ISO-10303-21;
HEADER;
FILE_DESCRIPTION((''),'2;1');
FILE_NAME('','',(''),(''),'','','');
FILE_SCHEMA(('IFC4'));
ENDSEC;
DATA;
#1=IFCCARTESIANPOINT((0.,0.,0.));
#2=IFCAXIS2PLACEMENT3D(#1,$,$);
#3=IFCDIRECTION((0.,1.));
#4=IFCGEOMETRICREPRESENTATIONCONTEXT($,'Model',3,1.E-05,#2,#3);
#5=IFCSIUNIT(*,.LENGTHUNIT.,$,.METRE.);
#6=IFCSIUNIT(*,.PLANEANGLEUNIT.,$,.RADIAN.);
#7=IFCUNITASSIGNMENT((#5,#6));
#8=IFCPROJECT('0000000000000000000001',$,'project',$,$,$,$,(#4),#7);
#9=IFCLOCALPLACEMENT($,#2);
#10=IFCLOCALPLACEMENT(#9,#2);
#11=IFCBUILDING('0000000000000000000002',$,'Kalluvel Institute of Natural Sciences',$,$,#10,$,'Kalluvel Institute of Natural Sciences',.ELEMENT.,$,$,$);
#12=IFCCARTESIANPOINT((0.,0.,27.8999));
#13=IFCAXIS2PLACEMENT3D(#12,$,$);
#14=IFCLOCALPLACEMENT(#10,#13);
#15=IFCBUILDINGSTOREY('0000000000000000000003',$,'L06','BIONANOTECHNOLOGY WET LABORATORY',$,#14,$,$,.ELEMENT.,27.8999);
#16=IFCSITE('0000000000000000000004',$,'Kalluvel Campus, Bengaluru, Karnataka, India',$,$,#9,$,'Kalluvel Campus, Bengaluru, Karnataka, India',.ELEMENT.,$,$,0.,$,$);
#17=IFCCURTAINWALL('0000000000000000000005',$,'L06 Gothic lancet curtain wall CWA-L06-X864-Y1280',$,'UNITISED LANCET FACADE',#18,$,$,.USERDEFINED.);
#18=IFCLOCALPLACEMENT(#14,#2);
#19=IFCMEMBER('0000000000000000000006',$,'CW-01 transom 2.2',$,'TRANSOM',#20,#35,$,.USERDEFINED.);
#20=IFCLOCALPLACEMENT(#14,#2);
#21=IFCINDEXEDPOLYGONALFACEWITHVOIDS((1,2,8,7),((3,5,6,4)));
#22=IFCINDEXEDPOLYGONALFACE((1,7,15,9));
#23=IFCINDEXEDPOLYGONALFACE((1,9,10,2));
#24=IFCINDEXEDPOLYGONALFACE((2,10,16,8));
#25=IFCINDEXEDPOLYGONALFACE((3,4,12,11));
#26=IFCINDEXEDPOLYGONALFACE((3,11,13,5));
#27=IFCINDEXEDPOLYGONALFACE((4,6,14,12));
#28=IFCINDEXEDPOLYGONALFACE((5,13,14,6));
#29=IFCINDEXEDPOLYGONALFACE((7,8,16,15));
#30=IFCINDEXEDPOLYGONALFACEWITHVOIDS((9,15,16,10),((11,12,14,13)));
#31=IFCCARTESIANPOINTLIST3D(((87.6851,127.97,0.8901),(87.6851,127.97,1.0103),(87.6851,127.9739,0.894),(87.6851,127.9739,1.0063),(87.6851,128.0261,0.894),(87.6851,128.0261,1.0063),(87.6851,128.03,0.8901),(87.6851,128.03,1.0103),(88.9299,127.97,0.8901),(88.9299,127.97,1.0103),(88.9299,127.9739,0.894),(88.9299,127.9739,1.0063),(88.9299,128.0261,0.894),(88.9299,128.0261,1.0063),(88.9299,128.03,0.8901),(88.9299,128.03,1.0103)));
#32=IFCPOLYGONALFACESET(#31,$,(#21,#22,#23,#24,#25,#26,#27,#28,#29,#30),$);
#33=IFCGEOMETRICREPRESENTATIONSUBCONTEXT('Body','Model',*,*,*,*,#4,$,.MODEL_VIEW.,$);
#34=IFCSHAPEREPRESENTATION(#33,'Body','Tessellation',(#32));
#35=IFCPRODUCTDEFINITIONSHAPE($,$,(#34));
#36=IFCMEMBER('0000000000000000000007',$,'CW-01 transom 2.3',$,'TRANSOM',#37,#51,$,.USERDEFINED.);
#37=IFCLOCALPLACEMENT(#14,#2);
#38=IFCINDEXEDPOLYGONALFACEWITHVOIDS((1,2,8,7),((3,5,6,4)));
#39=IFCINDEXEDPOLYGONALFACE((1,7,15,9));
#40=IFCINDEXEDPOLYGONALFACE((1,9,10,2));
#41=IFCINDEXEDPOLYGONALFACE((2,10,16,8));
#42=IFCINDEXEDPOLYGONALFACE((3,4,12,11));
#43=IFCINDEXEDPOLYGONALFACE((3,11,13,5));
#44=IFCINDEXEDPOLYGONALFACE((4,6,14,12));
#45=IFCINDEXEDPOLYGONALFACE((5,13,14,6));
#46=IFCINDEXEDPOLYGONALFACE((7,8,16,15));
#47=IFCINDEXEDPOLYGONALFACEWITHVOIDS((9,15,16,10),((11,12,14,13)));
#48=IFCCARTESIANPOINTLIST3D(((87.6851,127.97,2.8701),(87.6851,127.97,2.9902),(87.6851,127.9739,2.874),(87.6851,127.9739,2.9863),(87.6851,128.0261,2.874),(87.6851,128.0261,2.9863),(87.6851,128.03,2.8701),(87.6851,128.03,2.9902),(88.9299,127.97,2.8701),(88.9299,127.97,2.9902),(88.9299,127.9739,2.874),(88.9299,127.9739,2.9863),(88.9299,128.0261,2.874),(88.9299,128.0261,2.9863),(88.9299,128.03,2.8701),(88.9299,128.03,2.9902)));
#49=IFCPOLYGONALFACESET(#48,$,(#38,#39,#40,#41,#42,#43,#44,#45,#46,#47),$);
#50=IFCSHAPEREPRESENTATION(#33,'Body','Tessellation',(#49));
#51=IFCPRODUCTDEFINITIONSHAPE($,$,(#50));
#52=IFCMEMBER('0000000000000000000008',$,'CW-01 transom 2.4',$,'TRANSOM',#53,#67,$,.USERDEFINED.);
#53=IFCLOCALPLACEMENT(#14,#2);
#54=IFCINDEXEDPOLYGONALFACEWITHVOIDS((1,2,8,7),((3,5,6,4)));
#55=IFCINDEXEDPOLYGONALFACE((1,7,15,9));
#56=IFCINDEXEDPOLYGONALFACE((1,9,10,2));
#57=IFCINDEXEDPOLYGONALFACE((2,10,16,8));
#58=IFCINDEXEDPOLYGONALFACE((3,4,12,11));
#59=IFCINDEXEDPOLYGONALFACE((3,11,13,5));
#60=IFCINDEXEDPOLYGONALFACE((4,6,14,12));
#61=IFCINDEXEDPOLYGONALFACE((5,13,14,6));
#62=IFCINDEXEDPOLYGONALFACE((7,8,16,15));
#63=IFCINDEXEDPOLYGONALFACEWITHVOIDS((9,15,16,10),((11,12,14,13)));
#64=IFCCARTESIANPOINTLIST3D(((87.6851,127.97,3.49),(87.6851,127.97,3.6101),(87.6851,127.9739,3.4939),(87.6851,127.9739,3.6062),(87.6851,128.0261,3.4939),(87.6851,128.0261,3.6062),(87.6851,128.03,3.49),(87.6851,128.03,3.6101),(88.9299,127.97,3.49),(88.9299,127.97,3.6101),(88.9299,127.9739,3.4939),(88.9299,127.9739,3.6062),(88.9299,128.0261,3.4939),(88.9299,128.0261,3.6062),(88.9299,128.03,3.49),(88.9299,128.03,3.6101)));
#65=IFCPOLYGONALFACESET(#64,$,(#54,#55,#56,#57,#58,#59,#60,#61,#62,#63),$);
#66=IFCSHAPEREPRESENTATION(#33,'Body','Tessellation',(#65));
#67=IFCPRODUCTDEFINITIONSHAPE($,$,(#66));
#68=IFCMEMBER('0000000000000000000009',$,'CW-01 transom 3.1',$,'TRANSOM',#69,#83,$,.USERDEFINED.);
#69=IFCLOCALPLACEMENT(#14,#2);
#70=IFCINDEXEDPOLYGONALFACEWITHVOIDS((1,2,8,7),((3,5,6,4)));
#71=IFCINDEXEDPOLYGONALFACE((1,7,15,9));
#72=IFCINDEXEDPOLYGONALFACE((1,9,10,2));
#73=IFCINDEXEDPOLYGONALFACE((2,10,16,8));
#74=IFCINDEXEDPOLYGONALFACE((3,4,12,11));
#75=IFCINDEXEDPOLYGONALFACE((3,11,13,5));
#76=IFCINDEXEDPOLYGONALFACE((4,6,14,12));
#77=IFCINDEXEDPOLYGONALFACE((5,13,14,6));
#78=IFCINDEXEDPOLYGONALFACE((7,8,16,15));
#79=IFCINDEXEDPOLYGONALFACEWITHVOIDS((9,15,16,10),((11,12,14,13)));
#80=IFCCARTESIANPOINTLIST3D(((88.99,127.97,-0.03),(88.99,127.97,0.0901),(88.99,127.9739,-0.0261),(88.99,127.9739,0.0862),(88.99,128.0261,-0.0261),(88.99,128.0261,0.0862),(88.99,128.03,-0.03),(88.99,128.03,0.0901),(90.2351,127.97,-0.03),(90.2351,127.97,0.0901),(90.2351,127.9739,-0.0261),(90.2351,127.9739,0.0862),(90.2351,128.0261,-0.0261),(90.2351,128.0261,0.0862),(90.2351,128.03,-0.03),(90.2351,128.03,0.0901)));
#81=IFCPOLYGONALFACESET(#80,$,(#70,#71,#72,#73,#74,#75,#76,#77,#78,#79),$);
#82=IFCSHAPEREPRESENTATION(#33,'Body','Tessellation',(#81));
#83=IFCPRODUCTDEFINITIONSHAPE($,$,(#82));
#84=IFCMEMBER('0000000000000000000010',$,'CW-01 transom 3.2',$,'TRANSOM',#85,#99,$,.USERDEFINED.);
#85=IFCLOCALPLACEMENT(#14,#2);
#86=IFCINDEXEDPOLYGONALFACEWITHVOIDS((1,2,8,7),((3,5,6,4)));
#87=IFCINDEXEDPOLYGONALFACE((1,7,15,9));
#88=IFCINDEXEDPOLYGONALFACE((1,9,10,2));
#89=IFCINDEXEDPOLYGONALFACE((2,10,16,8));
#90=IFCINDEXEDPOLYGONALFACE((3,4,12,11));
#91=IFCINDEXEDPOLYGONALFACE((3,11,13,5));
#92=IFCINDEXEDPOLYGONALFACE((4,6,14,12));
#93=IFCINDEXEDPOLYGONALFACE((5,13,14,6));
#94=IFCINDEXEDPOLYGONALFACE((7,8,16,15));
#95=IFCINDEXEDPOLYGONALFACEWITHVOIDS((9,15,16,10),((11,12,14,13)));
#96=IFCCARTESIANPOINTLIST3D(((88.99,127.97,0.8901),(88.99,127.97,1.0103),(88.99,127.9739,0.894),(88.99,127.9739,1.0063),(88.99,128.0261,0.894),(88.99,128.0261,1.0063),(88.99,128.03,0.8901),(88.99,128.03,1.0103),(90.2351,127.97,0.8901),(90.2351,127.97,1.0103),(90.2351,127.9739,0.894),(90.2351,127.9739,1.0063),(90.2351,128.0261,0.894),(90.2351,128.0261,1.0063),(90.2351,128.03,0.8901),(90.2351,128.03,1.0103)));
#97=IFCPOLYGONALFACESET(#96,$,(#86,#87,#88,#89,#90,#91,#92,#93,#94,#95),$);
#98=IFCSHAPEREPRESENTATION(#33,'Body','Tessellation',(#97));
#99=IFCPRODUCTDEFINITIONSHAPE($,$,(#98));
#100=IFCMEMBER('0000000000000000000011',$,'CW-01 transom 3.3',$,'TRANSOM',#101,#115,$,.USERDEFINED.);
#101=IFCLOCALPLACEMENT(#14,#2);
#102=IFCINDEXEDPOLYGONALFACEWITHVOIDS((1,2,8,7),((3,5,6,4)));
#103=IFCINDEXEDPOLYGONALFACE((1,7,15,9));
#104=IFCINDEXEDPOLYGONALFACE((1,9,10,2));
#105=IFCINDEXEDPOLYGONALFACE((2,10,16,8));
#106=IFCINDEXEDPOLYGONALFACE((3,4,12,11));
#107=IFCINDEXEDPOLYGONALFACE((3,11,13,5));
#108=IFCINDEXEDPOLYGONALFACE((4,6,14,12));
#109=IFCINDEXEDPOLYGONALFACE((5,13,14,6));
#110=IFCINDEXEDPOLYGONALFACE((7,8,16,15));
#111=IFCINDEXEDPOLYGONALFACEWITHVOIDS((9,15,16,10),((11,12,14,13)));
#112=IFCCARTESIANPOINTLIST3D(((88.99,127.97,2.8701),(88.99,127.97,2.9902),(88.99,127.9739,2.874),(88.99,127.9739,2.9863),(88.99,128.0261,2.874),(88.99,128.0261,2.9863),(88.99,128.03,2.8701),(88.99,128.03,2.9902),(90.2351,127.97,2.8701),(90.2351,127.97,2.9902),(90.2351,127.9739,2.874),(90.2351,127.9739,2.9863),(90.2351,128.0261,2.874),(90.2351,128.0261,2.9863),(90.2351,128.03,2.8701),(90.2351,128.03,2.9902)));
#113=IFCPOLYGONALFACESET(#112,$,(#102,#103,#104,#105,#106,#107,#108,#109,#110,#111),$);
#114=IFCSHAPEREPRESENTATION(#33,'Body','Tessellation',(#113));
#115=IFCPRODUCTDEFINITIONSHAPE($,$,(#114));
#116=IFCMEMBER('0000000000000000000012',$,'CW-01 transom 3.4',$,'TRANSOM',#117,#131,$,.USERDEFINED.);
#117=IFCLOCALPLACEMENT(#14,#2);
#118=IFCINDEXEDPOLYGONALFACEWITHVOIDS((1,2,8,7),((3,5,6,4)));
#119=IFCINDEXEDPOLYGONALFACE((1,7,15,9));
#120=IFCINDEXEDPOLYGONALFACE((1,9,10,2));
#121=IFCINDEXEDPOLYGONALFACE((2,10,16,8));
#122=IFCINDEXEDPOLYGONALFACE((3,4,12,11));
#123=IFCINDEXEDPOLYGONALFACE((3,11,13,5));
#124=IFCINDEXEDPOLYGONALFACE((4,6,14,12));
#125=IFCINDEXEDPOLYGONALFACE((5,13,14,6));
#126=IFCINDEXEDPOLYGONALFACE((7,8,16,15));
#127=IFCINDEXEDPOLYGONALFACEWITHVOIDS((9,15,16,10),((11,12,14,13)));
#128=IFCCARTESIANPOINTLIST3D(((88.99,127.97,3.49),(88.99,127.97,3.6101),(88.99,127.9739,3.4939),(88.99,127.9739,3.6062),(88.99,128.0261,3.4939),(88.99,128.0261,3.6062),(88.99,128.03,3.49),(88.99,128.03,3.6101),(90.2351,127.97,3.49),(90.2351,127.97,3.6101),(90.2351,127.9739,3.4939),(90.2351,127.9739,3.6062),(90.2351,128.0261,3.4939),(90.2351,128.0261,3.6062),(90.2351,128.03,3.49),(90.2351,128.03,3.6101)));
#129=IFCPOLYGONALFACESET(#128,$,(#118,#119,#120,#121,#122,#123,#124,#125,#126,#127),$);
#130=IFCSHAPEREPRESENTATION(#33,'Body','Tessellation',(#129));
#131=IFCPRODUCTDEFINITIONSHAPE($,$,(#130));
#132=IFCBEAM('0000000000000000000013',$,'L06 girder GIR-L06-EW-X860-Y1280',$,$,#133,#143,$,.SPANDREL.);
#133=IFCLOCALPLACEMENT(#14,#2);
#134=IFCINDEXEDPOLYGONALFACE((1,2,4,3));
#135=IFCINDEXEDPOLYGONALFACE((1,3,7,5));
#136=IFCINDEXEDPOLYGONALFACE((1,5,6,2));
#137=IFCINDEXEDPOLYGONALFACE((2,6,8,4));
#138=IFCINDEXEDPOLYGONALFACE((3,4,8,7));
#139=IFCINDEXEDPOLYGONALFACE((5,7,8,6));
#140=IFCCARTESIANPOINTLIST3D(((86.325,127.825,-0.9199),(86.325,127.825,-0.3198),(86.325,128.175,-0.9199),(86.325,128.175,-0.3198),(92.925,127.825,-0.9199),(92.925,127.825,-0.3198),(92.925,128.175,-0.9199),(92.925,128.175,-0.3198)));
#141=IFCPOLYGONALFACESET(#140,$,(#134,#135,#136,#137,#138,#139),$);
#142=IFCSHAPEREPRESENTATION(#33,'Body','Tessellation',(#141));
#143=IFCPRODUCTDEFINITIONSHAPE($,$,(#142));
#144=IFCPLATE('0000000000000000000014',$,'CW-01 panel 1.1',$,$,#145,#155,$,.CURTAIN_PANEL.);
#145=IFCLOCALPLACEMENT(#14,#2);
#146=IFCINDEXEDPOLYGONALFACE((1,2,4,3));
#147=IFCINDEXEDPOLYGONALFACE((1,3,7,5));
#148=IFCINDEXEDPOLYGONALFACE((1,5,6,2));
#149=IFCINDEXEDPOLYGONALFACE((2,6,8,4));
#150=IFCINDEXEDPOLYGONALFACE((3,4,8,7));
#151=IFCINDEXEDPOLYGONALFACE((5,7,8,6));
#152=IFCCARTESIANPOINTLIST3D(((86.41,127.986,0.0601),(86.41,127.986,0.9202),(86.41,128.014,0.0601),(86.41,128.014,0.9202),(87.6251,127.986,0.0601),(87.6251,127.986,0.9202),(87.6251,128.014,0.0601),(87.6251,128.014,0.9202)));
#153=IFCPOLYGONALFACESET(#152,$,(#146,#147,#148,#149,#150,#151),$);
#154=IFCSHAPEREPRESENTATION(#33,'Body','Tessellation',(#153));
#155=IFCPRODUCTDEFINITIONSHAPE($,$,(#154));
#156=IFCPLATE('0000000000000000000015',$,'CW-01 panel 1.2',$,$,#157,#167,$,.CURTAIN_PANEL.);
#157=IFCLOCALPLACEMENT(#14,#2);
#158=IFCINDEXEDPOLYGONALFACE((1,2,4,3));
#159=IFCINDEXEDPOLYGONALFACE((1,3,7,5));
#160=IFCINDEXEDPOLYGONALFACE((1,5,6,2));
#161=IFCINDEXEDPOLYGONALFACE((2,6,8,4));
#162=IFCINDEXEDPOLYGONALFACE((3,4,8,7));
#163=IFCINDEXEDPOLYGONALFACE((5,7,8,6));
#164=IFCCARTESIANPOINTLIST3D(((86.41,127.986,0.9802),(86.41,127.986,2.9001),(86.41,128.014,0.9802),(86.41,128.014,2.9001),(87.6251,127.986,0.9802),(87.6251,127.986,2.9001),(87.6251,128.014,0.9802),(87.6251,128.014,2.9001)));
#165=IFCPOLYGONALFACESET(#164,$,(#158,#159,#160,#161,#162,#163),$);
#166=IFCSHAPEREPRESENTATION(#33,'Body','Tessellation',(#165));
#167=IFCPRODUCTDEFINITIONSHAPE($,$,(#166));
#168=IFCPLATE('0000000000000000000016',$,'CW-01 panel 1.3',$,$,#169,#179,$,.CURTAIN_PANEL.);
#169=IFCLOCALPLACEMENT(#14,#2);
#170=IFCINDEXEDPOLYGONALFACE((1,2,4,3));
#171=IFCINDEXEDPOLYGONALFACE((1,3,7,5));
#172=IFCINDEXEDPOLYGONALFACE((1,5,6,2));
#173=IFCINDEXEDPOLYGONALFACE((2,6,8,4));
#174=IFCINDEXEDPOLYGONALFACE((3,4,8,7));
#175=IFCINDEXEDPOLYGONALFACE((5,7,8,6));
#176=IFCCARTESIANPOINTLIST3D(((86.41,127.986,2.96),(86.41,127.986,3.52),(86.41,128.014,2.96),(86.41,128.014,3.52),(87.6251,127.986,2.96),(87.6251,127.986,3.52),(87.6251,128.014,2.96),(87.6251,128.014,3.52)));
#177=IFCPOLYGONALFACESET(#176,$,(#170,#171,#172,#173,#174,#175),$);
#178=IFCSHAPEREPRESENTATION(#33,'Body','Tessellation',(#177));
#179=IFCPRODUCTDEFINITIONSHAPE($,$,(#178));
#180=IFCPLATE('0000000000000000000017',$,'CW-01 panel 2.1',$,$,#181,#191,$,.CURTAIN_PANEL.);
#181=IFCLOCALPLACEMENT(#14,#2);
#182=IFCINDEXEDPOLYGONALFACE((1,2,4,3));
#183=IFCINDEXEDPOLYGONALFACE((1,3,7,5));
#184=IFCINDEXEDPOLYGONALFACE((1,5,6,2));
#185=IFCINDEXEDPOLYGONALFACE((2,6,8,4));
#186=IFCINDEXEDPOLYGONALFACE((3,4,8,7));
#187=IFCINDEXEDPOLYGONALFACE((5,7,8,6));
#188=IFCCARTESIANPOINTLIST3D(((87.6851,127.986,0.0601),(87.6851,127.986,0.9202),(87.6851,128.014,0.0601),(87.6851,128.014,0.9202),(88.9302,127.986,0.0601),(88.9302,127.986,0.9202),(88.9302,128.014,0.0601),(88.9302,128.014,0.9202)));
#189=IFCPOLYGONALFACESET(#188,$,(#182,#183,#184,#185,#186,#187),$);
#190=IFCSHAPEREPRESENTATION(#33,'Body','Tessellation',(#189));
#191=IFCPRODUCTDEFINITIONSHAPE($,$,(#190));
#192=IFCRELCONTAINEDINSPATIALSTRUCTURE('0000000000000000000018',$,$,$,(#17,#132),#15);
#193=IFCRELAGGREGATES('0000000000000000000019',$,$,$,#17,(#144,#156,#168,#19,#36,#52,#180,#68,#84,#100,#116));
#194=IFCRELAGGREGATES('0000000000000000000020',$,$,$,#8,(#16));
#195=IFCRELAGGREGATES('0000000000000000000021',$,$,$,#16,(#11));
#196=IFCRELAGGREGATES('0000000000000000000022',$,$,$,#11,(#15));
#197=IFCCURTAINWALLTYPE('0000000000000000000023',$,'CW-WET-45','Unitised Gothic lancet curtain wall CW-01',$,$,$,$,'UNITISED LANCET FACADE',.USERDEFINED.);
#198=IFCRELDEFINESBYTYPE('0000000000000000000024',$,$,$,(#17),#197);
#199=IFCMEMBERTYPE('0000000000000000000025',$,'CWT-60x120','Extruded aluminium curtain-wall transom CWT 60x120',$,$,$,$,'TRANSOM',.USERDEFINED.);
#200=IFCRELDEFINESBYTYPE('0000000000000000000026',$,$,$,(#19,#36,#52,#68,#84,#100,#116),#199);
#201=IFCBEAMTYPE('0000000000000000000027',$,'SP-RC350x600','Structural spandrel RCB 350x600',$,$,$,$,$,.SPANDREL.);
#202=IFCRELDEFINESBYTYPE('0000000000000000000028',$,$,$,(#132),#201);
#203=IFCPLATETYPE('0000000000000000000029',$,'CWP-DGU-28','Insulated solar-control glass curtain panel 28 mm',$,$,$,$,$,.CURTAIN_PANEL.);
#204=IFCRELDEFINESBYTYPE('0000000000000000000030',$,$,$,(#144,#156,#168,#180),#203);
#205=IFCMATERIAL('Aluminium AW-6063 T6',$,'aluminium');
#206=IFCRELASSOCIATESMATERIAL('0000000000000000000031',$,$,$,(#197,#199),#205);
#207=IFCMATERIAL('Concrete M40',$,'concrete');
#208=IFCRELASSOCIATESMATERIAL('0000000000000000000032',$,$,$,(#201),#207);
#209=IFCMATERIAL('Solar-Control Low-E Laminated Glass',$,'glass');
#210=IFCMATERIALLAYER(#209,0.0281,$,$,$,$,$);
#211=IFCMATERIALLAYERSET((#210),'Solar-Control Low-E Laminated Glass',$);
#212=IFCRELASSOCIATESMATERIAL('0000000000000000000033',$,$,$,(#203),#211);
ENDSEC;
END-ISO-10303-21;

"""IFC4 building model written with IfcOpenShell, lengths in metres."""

from ifc_helpers import new_model, si_unit, direction, frame, origin, origin_2d, place, context, subcontext, project, spatial, rectangle, hollow_rectangle, extrude, material, layer, layer_set, material_profile, profile_set, type_object, element, aggregate, save


model = new_model("IFC4")

# Units and contexts
model_context = context("Model", 3, precision=1e-05, world=origin(), true_north=direction((0.0, 1.0)))
body_context = subcontext(model_context, "Body", "Model", "MODEL_VIEW")
ifc_project = project(units=[si_unit("LENGTHUNIT", "METRE"), si_unit("PLANEANGLEUNIT", "RADIAN")], contexts=[model_context])

# Site, building, storey
site_placement = place(None, origin())
site = spatial("IfcSite", under=ifc_project, at=site_placement, Name="Kalluvel Campus, Bengaluru, Karnataka, India", LongName="Kalluvel Campus, Bengaluru, Karnataka, India", CompositionType="ELEMENT", RefElevation=0.0)
building_placement = place(site_placement, origin())
building = spatial("IfcBuilding", under=site, at=building_placement, Name="Kalluvel Institute of Natural Sciences", LongName="Kalluvel Institute of Natural Sciences", CompositionType="ELEMENT")
storey_placement = place(building_placement, frame((0.0, 0.0, 27.8999)))
storey = spatial("IfcBuildingStorey", under=building, at=storey_placement, Name="L06", Description="BIONANOTECHNOLOGY WET LABORATORY", CompositionType="ELEMENT", Elevation=27.8999)

# Shared definitions
ifc_material_1 = material(Name="Concrete M40", Category="concrete")

# Shared definitions
ifc_material_2 = material(Name="Aluminium AW-6063 T6", Category="aluminium")
curtain_wall_type = type_object("IfcCurtainWallType", Name="CW-WET-45", Description="Unitised Gothic lancet curtain wall CW-01", ElementType="UNITISED LANCET FACADE", PredefinedType="USERDEFINED", material=ifc_material_2)

# Curtain wall, members
curtain_wall_1_placement = place(storey_placement, origin())
curtain_wall_1 = element("IfcCurtainWall", 1, at=curtain_wall_1_placement, inside=storey, type_object=curtain_wall_type, Name="L06 Gothic lancet curtain wall CWA-L06-X864-Y1280", ObjectType="UNITISED LANCET FACADE", PredefinedType="USERDEFINED")
ifc_material_profile_1 = material_profile(ifc_material_2, hollow_rectangle(XDim=0.0601, YDim=0.1201, WallThickness=0.0039, at=origin_2d()), Name="CWT 60x120")
ifc_profile_set_1 = profile_set([ifc_material_profile_1], Name="Aluminium AW-6063 T6")
member_type_1 = type_object("IfcMemberType", Name="CWT-60x120", Description="Extruded aluminium curtain-wall transom CWT 60x120", ElementType="TRANSOM", PredefinedType="USERDEFINED", material=ifc_profile_set_1)
member_1_placement = place(storey_placement, frame((87.6851, 128.0, 0.9502), z_axis=(1.0, 0.0, 0.0), x_axis=(0.0, 1.0, 0.0)))
member_1 = element("IfcMember", 2, at=member_1_placement, type_object=member_type_1, Name="CW-01 transom 2.2", ObjectType="TRANSOM", PredefinedType="USERDEFINED", context=body_context, shape_type="SweptSolid", body=[
    extrude(hollow_rectangle(XDim=0.0601, YDim=0.1201, WallThickness=0.0039, at=origin_2d()), origin(), (0.0, 0.0, 1.0), 1.2449),
])
member_2_placement = place(storey_placement, frame((87.6851, 128.0, 2.9302), z_axis=(1.0, 0.0, 0.0), x_axis=(0.0, 1.0, 0.0)))
member_2 = element("IfcMember", 3, at=member_2_placement, type_object=member_type_1, Name="CW-01 transom 2.3", ObjectType="TRANSOM", PredefinedType="USERDEFINED", context=body_context, shape_type="SweptSolid", body=[
    extrude(hollow_rectangle(XDim=0.0601, YDim=0.1201, WallThickness=0.0039, at=origin_2d()), origin(), (0.0, 0.0, 1.0), 1.2449),
])
member_3_placement = place(storey_placement, frame((87.6851, 128.0, 3.55), z_axis=(1.0, 0.0, 0.0), x_axis=(0.0, 1.0, 0.0)))
member_3 = element("IfcMember", 4, at=member_3_placement, type_object=member_type_1, Name="CW-01 transom 2.4", ObjectType="TRANSOM", PredefinedType="USERDEFINED", context=body_context, shape_type="SweptSolid", body=[
    extrude(hollow_rectangle(XDim=0.0601, YDim=0.1201, WallThickness=0.0039, at=origin_2d()), origin(), (0.0, 0.0, 1.0), 1.2449),
])
member_4_placement = place(storey_placement, frame((88.99, 128.0, 0.03), z_axis=(1.0, 0.0, 0.0), x_axis=(0.0, 1.0, 0.0)))
member_4 = element("IfcMember", 5, at=member_4_placement, type_object=member_type_1, Name="CW-01 transom 3.1", ObjectType="TRANSOM", PredefinedType="USERDEFINED", context=body_context, shape_type="SweptSolid", body=[
    extrude(hollow_rectangle(XDim=0.0601, YDim=0.1201, WallThickness=0.0039, at=origin_2d()), origin(), (0.0, 0.0, 1.0), 1.2451),
])
member_5_placement = place(storey_placement, frame((88.99, 128.0, 0.9502), z_axis=(1.0, 0.0, 0.0), x_axis=(0.0, 1.0, 0.0)))
member_5 = element("IfcMember", 6, at=member_5_placement, type_object=member_type_1, Name="CW-01 transom 3.2", ObjectType="TRANSOM", PredefinedType="USERDEFINED", context=body_context, shape_type="SweptSolid", body=[
    extrude(hollow_rectangle(XDim=0.0601, YDim=0.1201, WallThickness=0.0039, at=origin_2d()), origin(), (0.0, 0.0, 1.0), 1.2451),
])
member_6_placement = place(storey_placement, frame((88.99, 128.0, 2.9302), z_axis=(1.0, 0.0, 0.0), x_axis=(0.0, 1.0, 0.0)))
member_6 = element("IfcMember", 7, at=member_6_placement, type_object=member_type_1, Name="CW-01 transom 3.3", ObjectType="TRANSOM", PredefinedType="USERDEFINED", context=body_context, shape_type="SweptSolid", body=[
    extrude(hollow_rectangle(XDim=0.0601, YDim=0.1201, WallThickness=0.0039, at=origin_2d()), origin(), (0.0, 0.0, 1.0), 1.2451),
])
member_7_placement = place(storey_placement, frame((88.99, 128.0, 3.55), z_axis=(1.0, 0.0, 0.0), x_axis=(0.0, 1.0, 0.0)))
member_7 = element("IfcMember", 8, at=member_7_placement, type_object=member_type_1, Name="CW-01 transom 3.4", ObjectType="TRANSOM", PredefinedType="USERDEFINED", context=body_context, shape_type="SweptSolid", body=[
    extrude(hollow_rectangle(XDim=0.0601, YDim=0.1201, WallThickness=0.0039, at=origin_2d()), origin(), (0.0, 0.0, 1.0), 1.2451),
])

# Beam
ifc_material_profile_2 = material_profile(ifc_material_1, rectangle(XDim=0.3501, YDim=0.6001, at=origin_2d()), Name="RCB 350x600")
ifc_profile_set_2 = profile_set([ifc_material_profile_2], Name="Concrete M40")
beam_type = type_object("IfcBeamType", Name="SP-RC350x600", Description="Structural spandrel RCB 350x600", PredefinedType="SPANDREL", material=ifc_profile_set_2)
beam_placement = place(storey_placement, frame((86.325, 128.0, -0.6199), z_axis=(1.0, 0.0, 0.0), x_axis=(0.0, 1.0, 0.0)))
element("IfcBeam", 9, at=beam_placement, inside=storey, type_object=beam_type, Name="L06 girder GIR-L06-EW-X860-Y1280", PredefinedType="SPANDREL", context=body_context, shape_type="SweptSolid", body=[
    extrude(rectangle(XDim=0.3501, YDim=0.6001, at=origin_2d()), origin(), (0.0, 0.0, 1.0), 6.6001),
])

# Plates
ifc_material_3 = material(Name="Solar-Control Low-E Laminated Glass", Category="glass")
ifc_layer = layer(ifc_material_3, 0.0281)
ifc_layer_set = layer_set([ifc_layer], Name="Solar-Control Low-E Laminated Glass")
plate_type = type_object("IfcPlateType", Name="CWP-DGU-28", Description="Insulated solar-control glass curtain panel 28 mm", PredefinedType="CURTAIN_PANEL", material=ifc_layer_set)
plate_1_placement = place(storey_placement, frame((87.0176, 128.0, 0.0601), z_axis=(0.0, 0.0, 1.0), x_axis=(1.0, 0.0, 0.0)))
plate_1 = element("IfcPlate", 10, at=plate_1_placement, type_object=plate_type, Name="CW-01 panel 1.1", PredefinedType="CURTAIN_PANEL", context=body_context, shape_type="SweptSolid", body=[
    extrude(rectangle(XDim=1.2151, YDim=0.0281, at=origin_2d()), origin(), (0.0, 0.0, 1.0), 0.8601),
])
plate_2_placement = place(storey_placement, frame((87.0176, 128.0, 0.9802), z_axis=(0.0, 0.0, 1.0), x_axis=(1.0, 0.0, 0.0)))
plate_2 = element("IfcPlate", 11, at=plate_2_placement, type_object=plate_type, Name="CW-01 panel 1.2", PredefinedType="CURTAIN_PANEL", context=body_context, shape_type="SweptSolid", body=[
    extrude(rectangle(XDim=1.2151, YDim=0.0281, at=origin_2d()), origin(), (0.0, 0.0, 1.0), 1.9199),
])
plate_3_placement = place(storey_placement, frame((87.0176, 128.0, 2.96), z_axis=(0.0, 0.0, 1.0), x_axis=(1.0, 0.0, 0.0)))
plate_3 = element("IfcPlate", 12, at=plate_3_placement, type_object=plate_type, Name="CW-01 panel 1.3", PredefinedType="CURTAIN_PANEL", context=body_context, shape_type="SweptSolid", body=[
    extrude(rectangle(XDim=1.2151, YDim=0.0281, at=origin_2d()), origin(), (0.0, 0.0, 1.0), 0.5601),
])
plate_4_placement = place(storey_placement, frame((88.3076, 128.0, 0.0601), z_axis=(0.0, 0.0, 1.0), x_axis=(1.0, 0.0, 0.0)))
plate_4 = element("IfcPlate", 13, at=plate_4_placement, type_object=plate_type, Name="CW-01 panel 2.1", PredefinedType="CURTAIN_PANEL", context=body_context, shape_type="SweptSolid", body=[
    extrude(rectangle(XDim=1.2451, YDim=0.0281, at=origin_2d()), origin(), (0.0, 0.0, 1.0), 0.8601),
])
aggregate(curtain_wall_1, [plate_1, plate_2, plate_3, member_1, member_2, member_3, plate_4, member_4, member_5, member_6, member_7])

save(model, "model.ifc")
